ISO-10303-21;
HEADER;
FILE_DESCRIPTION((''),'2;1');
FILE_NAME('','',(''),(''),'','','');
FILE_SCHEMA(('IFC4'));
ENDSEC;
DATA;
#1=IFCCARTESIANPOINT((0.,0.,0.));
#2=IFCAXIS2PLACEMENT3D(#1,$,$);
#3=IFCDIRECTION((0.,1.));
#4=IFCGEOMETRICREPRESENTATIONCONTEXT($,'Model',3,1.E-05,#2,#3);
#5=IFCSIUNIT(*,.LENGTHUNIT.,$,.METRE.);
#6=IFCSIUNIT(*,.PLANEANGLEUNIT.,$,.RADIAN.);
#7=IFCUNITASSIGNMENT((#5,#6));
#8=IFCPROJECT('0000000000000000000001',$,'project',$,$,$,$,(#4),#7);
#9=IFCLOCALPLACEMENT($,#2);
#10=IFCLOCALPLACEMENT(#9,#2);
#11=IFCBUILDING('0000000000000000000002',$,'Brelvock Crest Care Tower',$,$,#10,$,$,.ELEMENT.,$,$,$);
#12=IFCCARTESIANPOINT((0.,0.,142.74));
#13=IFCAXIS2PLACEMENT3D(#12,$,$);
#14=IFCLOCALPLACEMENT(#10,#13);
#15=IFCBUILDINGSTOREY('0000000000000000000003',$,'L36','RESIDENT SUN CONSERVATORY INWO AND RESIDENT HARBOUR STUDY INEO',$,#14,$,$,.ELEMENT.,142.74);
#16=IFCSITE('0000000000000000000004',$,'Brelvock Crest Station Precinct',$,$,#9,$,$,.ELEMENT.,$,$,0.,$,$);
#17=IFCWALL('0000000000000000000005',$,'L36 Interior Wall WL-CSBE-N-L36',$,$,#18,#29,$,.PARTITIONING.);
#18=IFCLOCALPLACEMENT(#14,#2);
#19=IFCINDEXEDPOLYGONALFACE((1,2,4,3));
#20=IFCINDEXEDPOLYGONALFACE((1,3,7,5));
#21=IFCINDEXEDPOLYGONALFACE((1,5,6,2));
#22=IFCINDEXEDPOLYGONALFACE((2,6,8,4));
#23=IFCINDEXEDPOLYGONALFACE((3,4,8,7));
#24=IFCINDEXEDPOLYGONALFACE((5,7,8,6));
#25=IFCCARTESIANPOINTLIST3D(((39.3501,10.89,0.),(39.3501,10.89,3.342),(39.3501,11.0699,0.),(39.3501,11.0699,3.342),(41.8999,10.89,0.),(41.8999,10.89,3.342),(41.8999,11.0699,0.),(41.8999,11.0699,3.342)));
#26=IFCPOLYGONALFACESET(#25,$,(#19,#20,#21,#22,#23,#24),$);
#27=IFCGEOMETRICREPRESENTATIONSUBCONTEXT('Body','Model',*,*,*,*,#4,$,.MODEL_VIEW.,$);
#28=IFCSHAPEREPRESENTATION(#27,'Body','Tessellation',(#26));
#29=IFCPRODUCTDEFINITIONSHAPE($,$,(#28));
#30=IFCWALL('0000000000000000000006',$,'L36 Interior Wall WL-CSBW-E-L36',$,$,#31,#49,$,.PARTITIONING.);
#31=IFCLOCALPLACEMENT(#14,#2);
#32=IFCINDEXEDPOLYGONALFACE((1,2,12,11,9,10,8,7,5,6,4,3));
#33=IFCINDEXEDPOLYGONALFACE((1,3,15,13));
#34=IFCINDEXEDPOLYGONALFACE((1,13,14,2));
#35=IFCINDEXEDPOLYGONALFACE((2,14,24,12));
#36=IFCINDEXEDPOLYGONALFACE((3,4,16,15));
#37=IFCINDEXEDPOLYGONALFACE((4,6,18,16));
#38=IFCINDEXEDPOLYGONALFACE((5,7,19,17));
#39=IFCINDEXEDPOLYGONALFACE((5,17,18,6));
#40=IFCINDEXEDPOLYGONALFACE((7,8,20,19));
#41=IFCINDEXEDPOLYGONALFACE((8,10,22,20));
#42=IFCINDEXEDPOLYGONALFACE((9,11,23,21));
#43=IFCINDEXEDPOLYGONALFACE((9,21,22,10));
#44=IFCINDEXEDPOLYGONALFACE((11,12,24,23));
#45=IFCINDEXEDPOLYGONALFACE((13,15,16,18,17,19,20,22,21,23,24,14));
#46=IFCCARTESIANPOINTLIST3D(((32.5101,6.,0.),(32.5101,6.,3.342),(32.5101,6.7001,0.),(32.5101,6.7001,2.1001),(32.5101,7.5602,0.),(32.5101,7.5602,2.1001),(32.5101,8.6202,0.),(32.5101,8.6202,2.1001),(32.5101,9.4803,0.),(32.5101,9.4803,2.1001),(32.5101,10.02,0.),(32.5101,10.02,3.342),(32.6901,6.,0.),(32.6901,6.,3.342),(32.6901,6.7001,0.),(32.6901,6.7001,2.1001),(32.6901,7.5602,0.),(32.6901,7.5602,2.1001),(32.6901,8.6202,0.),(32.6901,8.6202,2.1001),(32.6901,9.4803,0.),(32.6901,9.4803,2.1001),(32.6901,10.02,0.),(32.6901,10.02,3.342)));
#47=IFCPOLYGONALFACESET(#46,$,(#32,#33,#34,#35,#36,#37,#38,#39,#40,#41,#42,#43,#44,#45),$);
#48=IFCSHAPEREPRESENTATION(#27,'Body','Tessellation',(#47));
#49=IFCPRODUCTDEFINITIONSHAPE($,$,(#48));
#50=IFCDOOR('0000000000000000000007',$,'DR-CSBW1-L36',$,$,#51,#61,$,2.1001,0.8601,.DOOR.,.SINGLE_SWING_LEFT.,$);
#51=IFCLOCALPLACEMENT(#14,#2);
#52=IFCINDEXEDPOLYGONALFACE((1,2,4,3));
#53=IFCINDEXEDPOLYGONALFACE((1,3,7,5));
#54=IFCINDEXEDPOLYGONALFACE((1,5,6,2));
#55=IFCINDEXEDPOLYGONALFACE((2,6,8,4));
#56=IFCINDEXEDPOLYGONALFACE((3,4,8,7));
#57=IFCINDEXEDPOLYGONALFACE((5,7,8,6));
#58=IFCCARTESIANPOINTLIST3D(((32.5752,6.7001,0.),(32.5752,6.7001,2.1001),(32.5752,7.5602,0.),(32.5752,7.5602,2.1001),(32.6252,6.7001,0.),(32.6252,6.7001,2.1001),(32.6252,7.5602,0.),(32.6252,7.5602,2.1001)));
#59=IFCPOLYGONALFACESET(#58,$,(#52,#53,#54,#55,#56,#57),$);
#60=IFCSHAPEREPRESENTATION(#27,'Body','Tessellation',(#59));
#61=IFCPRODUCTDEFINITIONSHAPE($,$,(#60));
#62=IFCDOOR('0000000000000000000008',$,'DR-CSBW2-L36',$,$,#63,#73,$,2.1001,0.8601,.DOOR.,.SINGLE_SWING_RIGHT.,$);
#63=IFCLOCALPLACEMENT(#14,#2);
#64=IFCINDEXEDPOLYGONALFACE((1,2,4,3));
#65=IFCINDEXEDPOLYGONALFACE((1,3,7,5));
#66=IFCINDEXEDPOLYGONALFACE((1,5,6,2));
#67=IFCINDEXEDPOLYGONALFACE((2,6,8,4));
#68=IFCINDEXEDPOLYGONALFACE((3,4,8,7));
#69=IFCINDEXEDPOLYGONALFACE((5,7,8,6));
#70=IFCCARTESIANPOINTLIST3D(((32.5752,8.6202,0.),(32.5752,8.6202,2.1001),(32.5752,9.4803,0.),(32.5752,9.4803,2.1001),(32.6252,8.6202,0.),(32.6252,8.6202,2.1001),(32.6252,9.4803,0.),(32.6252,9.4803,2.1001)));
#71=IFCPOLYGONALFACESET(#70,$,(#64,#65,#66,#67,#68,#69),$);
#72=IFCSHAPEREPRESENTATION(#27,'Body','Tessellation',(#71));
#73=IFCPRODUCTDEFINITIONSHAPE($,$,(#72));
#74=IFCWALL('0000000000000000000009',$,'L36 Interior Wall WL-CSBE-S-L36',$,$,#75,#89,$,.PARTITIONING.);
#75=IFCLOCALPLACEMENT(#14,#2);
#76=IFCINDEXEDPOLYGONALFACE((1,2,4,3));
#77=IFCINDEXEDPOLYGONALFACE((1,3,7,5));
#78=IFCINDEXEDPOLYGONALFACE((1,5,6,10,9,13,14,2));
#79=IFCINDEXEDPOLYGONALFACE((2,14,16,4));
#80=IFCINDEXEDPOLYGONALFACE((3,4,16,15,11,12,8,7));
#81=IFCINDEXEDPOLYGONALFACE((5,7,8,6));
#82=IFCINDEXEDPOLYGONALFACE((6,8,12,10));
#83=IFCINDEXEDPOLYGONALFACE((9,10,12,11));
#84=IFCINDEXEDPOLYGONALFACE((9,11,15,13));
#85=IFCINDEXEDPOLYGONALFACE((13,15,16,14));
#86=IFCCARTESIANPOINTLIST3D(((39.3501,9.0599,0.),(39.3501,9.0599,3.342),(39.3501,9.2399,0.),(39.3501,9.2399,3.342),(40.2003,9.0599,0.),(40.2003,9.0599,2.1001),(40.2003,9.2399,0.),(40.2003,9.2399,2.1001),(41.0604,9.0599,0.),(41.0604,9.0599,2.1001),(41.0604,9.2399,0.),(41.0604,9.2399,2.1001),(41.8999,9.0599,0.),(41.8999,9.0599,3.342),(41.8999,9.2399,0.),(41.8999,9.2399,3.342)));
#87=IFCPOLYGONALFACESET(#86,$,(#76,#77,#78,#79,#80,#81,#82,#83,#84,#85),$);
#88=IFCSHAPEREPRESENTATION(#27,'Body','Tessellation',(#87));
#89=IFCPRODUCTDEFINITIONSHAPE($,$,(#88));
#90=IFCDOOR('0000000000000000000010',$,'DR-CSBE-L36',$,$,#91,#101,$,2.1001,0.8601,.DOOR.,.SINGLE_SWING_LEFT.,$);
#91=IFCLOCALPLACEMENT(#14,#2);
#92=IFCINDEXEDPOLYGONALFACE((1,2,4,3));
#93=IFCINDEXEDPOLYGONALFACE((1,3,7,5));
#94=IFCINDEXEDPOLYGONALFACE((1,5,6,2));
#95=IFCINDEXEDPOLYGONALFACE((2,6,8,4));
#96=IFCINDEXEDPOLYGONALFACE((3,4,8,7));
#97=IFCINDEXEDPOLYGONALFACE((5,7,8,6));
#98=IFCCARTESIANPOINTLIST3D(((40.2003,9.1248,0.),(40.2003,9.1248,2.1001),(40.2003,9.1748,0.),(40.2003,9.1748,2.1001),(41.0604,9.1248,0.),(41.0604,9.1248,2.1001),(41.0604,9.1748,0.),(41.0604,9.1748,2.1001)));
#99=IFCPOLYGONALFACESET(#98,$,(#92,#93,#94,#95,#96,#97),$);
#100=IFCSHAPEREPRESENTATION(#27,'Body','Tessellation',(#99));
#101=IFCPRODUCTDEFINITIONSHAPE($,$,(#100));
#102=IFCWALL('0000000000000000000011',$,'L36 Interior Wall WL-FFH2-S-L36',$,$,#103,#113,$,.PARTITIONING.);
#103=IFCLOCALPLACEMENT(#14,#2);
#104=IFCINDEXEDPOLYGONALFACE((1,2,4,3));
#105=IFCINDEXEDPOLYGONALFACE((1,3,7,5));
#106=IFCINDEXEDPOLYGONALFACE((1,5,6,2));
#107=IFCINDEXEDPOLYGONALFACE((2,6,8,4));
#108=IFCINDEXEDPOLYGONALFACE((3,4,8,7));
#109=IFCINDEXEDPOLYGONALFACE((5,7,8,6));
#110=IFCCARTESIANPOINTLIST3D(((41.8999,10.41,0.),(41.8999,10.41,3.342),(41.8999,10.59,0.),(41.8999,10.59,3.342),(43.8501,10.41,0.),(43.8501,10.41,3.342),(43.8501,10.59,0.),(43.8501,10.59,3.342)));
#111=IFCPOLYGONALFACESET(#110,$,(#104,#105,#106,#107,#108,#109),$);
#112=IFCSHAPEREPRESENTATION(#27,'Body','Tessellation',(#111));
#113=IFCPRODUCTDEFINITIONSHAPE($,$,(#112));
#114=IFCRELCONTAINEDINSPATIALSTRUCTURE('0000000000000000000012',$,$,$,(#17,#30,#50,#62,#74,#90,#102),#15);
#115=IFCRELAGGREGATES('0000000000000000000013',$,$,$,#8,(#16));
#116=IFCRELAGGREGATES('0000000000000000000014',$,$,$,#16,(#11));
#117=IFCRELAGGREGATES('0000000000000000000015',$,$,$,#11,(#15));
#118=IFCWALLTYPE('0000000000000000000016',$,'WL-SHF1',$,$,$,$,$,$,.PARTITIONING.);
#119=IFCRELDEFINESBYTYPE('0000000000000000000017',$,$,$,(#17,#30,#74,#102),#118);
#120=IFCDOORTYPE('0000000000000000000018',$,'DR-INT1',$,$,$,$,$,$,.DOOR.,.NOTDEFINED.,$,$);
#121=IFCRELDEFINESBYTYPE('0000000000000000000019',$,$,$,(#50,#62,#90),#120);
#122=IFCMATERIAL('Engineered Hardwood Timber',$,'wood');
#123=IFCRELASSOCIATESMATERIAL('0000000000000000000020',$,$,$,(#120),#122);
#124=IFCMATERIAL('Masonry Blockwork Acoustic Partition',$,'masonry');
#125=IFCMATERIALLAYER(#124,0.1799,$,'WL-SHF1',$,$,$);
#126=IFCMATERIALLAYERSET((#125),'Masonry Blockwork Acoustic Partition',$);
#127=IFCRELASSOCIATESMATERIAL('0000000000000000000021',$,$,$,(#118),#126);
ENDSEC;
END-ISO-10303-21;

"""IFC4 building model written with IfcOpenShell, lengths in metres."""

from ifc_helpers import new_model, si_unit, direction, frame, frame_2d, origin, origin_2d, place, context, subcontext, project, spatial, rectangle, extrude, source, transform, mapped, material, layer, layer_set, type_object, element, fill, save


model = new_model("IFC4")

# Units and contexts
model_context = context("Model", 3, precision=1e-05, world=origin(), true_north=direction((0.0, 1.0)))
body_context = subcontext(model_context, "Body", "Model", "MODEL_VIEW")
ifc_project = project(units=[si_unit("LENGTHUNIT", "METRE"), si_unit("PLANEANGLEUNIT", "RADIAN")], contexts=[model_context])

# Site, building, storey
site_placement = place(None, origin())
site = spatial("IfcSite", under=ifc_project, at=site_placement, Name="Brelvock Crest Station Precinct", CompositionType="ELEMENT", RefElevation=0.0)
building_placement = place(site_placement, origin())
building = spatial("IfcBuilding", under=site, at=building_placement, Name="Brelvock Crest Care Tower", CompositionType="ELEMENT")
storey_placement = place(building_placement, frame((0.0, 0.0, 142.74)))
storey = spatial("IfcBuildingStorey", under=building, at=storey_placement, Name="L36", Description="RESIDENT SUN CONSERVATORY INWO AND RESIDENT HARBOUR STUDY INEO", CompositionType="ELEMENT", Elevation=142.74)

# Shared definitions
ifc_material_1 = material(Name="Masonry Blockwork Acoustic Partition", Category="masonry")
ifc_material_2 = material(Name="Engineered Hardwood Timber", Category="wood")
door_type_1 = type_object("IfcDoorType", Name="DR-INT1", OperationType="NOTDEFINED", PredefinedType="DOOR", material=ifc_material_2)
shared_shape_1 = source(origin(), body_context, "Body", "SweptSolid", [
    extrude(rectangle(XDim=0.8601, YDim=2.1001, at=origin_2d()), frame((0.4302, 0.0249, 1.05), z_axis=(0.0, -1.0, 0.0), x_axis=(1.0, 0.0, 0.0)), (0.0, 0.0, 1.0), 0.05),
])

# Wall
ifc_layer_1 = layer(ifc_material_1, 0.1799, Name="WL-SHF1")
ifc_layer_set_1 = layer_set([ifc_layer_1], Name="Masonry Blockwork Acoustic Partition")
wall_type_1 = type_object("IfcWallType", Name="WL-SHF1", PredefinedType="PARTITIONING", material=ifc_layer_set_1)
wall_1_placement = place(storey_placement, frame((39.3501, 10.98, 0.0), z_axis=(0.0, 0.0, 1.0), x_axis=(1.0, 0.0, 0.0)))
element("IfcWall", 1, at=wall_1_placement, inside=storey, type_object=wall_type_1, Name="L36 Interior Wall WL-CSBE-N-L36", PredefinedType="PARTITIONING", context=body_context, shape_type="SweptSolid", body=[
    extrude(rectangle(XDim=2.5498, YDim=0.1799, at=frame_2d((1.2749, 0.0))), origin(), (0.0, 0.0, 1.0), 3.342),
])

# Wall, openings, doors
wall_2_placement = place(storey_placement, frame((32.6001, 6.0, 0.0), z_axis=(0.0, 0.0, 1.0), x_axis=(0.0, 1.0, 0.0)))
wall_2 = element("IfcWall", 2, at=wall_2_placement, inside=storey, type_object=wall_type_1, Name="L36 Interior Wall WL-CSBW-E-L36", PredefinedType="PARTITIONING", context=body_context, shape_type="SweptSolid", body=[
    extrude(rectangle(XDim=4.02, YDim=0.1799, at=frame_2d((2.01, 0.0))), origin(), (0.0, 0.0, 1.0), 3.342),
])
opening_1_placement = place(wall_2_placement, frame((0.7, 0.0, 0.0)))
opening_1 = element("IfcOpeningElement", 3, at=opening_1_placement, cuts=wall_2, PredefinedType="OPENING", context=body_context, shape_type="SweptSolid", body=[
    extrude(rectangle(XDim=0.8601, YDim=2.1001, at=origin_2d()), frame((0.4302, 0.1001, 1.05), z_axis=(0.0, -1.0, 0.0), x_axis=(1.0, 0.0, 0.0)), (0.0, 0.0, 1.0), 0.2),
])
opening_2_placement = place(wall_2_placement, frame((2.6201, 0.0, 0.0)))
opening_2 = element("IfcOpeningElement", 4, at=opening_2_placement, cuts=wall_2, PredefinedType="OPENING", context=body_context, shape_type="SweptSolid", body=[
    extrude(rectangle(XDim=0.8601, YDim=2.1001, at=origin_2d()), frame((0.4302, 0.1001, 1.05), z_axis=(0.0, -1.0, 0.0), x_axis=(1.0, 0.0, 0.0)), (0.0, 0.0, 1.0), 0.2),
])
door_1_placement = place(opening_1_placement, origin())
door_1 = element("IfcDoor", 5, at=door_1_placement, inside=storey, type_object=door_type_1, Name="DR-CSBW1-L36", OperationType="SINGLE_SWING_LEFT", OverallHeight=2.1001, OverallWidth=0.8601, PredefinedType="DOOR", context=body_context, shape_type="MappedRepresentation", body=[
    mapped(shared_shape_1, transform((0.0, 0.0, 0.0), x_axis=(1.0, 0.0, 0.0), y_axis=(0.0, 1.0, 0.0), z_axis=(0.0, 0.0, 1.0), scale=1.0)),
])
fill(opening_1, door_1)
door_2_placement = place(opening_2_placement, origin())
door_2 = element("IfcDoor", 6, at=door_2_placement, inside=storey, type_object=door_type_1, Name="DR-CSBW2-L36", OperationType="SINGLE_SWING_RIGHT", OverallHeight=2.1001, OverallWidth=0.8601, PredefinedType="DOOR", context=body_context, shape_type="MappedRepresentation", body=[
    mapped(shared_shape_1, transform((0.0, 0.0, 0.0), x_axis=(1.0, 0.0, 0.0), y_axis=(0.0, 1.0, 0.0), z_axis=(0.0, 0.0, 1.0), scale=1.0)),
])
fill(opening_2, door_2)

# Wall, opening, door
wall_3_placement = place(storey_placement, frame((39.3501, 9.1499, 0.0), z_axis=(0.0, 0.0, 1.0), x_axis=(1.0, 0.0, 0.0)))
wall_3 = element("IfcWall", 7, at=wall_3_placement, inside=storey, type_object=wall_type_1, Name="L36 Interior Wall WL-CSBE-S-L36", PredefinedType="PARTITIONING", context=body_context, shape_type="SweptSolid", body=[
    extrude(rectangle(XDim=2.5498, YDim=0.1799, at=frame_2d((1.2749, 0.0))), origin(), (0.0, 0.0, 1.0), 3.342),
])
opening_3_placement = place(wall_3_placement, frame((0.8501, 0.0, 0.0)))
opening_3 = element("IfcOpeningElement", 8, at=opening_3_placement, cuts=wall_3, PredefinedType="OPENING", context=body_context, shape_type="SweptSolid", body=[
    extrude(rectangle(XDim=0.8601, YDim=2.1001, at=origin_2d()), frame((0.4302, 0.1001, 1.05), z_axis=(0.0, -1.0, 0.0), x_axis=(1.0, 0.0, 0.0)), (0.0, 0.0, 1.0), 0.2),
])
door_3_placement = place(opening_3_placement, origin())
door_3 = element("IfcDoor", 9, at=door_3_placement, inside=storey, type_object=door_type_1, Name="DR-CSBE-L36", OperationType="SINGLE_SWING_LEFT", OverallHeight=2.1001, OverallWidth=0.8601, PredefinedType="DOOR", context=body_context, shape_type="MappedRepresentation", body=[
    mapped(shared_shape_1, transform((0.0, 0.0, 0.0), x_axis=(1.0, 0.0, 0.0), y_axis=(0.0, 1.0, 0.0), z_axis=(0.0, 0.0, 1.0), scale=1.0)),
])
fill(opening_3, door_3)

# Wall
wall_4_placement = place(storey_placement, frame((41.8999, 10.5, 0.0), z_axis=(0.0, 0.0, 1.0), x_axis=(1.0, 0.0, 0.0)))
element("IfcWall", 10, at=wall_4_placement, inside=storey, type_object=wall_type_1, Name="L36 Interior Wall WL-FFH2-S-L36", PredefinedType="PARTITIONING", context=body_context, shape_type="SweptSolid", body=[
    extrude(rectangle(XDim=1.9502, YDim=0.1799, at=frame_2d((0.9751, 0.0))), origin(), (0.0, 0.0, 1.0), 3.342),
])

save(model, "model.ifc")
